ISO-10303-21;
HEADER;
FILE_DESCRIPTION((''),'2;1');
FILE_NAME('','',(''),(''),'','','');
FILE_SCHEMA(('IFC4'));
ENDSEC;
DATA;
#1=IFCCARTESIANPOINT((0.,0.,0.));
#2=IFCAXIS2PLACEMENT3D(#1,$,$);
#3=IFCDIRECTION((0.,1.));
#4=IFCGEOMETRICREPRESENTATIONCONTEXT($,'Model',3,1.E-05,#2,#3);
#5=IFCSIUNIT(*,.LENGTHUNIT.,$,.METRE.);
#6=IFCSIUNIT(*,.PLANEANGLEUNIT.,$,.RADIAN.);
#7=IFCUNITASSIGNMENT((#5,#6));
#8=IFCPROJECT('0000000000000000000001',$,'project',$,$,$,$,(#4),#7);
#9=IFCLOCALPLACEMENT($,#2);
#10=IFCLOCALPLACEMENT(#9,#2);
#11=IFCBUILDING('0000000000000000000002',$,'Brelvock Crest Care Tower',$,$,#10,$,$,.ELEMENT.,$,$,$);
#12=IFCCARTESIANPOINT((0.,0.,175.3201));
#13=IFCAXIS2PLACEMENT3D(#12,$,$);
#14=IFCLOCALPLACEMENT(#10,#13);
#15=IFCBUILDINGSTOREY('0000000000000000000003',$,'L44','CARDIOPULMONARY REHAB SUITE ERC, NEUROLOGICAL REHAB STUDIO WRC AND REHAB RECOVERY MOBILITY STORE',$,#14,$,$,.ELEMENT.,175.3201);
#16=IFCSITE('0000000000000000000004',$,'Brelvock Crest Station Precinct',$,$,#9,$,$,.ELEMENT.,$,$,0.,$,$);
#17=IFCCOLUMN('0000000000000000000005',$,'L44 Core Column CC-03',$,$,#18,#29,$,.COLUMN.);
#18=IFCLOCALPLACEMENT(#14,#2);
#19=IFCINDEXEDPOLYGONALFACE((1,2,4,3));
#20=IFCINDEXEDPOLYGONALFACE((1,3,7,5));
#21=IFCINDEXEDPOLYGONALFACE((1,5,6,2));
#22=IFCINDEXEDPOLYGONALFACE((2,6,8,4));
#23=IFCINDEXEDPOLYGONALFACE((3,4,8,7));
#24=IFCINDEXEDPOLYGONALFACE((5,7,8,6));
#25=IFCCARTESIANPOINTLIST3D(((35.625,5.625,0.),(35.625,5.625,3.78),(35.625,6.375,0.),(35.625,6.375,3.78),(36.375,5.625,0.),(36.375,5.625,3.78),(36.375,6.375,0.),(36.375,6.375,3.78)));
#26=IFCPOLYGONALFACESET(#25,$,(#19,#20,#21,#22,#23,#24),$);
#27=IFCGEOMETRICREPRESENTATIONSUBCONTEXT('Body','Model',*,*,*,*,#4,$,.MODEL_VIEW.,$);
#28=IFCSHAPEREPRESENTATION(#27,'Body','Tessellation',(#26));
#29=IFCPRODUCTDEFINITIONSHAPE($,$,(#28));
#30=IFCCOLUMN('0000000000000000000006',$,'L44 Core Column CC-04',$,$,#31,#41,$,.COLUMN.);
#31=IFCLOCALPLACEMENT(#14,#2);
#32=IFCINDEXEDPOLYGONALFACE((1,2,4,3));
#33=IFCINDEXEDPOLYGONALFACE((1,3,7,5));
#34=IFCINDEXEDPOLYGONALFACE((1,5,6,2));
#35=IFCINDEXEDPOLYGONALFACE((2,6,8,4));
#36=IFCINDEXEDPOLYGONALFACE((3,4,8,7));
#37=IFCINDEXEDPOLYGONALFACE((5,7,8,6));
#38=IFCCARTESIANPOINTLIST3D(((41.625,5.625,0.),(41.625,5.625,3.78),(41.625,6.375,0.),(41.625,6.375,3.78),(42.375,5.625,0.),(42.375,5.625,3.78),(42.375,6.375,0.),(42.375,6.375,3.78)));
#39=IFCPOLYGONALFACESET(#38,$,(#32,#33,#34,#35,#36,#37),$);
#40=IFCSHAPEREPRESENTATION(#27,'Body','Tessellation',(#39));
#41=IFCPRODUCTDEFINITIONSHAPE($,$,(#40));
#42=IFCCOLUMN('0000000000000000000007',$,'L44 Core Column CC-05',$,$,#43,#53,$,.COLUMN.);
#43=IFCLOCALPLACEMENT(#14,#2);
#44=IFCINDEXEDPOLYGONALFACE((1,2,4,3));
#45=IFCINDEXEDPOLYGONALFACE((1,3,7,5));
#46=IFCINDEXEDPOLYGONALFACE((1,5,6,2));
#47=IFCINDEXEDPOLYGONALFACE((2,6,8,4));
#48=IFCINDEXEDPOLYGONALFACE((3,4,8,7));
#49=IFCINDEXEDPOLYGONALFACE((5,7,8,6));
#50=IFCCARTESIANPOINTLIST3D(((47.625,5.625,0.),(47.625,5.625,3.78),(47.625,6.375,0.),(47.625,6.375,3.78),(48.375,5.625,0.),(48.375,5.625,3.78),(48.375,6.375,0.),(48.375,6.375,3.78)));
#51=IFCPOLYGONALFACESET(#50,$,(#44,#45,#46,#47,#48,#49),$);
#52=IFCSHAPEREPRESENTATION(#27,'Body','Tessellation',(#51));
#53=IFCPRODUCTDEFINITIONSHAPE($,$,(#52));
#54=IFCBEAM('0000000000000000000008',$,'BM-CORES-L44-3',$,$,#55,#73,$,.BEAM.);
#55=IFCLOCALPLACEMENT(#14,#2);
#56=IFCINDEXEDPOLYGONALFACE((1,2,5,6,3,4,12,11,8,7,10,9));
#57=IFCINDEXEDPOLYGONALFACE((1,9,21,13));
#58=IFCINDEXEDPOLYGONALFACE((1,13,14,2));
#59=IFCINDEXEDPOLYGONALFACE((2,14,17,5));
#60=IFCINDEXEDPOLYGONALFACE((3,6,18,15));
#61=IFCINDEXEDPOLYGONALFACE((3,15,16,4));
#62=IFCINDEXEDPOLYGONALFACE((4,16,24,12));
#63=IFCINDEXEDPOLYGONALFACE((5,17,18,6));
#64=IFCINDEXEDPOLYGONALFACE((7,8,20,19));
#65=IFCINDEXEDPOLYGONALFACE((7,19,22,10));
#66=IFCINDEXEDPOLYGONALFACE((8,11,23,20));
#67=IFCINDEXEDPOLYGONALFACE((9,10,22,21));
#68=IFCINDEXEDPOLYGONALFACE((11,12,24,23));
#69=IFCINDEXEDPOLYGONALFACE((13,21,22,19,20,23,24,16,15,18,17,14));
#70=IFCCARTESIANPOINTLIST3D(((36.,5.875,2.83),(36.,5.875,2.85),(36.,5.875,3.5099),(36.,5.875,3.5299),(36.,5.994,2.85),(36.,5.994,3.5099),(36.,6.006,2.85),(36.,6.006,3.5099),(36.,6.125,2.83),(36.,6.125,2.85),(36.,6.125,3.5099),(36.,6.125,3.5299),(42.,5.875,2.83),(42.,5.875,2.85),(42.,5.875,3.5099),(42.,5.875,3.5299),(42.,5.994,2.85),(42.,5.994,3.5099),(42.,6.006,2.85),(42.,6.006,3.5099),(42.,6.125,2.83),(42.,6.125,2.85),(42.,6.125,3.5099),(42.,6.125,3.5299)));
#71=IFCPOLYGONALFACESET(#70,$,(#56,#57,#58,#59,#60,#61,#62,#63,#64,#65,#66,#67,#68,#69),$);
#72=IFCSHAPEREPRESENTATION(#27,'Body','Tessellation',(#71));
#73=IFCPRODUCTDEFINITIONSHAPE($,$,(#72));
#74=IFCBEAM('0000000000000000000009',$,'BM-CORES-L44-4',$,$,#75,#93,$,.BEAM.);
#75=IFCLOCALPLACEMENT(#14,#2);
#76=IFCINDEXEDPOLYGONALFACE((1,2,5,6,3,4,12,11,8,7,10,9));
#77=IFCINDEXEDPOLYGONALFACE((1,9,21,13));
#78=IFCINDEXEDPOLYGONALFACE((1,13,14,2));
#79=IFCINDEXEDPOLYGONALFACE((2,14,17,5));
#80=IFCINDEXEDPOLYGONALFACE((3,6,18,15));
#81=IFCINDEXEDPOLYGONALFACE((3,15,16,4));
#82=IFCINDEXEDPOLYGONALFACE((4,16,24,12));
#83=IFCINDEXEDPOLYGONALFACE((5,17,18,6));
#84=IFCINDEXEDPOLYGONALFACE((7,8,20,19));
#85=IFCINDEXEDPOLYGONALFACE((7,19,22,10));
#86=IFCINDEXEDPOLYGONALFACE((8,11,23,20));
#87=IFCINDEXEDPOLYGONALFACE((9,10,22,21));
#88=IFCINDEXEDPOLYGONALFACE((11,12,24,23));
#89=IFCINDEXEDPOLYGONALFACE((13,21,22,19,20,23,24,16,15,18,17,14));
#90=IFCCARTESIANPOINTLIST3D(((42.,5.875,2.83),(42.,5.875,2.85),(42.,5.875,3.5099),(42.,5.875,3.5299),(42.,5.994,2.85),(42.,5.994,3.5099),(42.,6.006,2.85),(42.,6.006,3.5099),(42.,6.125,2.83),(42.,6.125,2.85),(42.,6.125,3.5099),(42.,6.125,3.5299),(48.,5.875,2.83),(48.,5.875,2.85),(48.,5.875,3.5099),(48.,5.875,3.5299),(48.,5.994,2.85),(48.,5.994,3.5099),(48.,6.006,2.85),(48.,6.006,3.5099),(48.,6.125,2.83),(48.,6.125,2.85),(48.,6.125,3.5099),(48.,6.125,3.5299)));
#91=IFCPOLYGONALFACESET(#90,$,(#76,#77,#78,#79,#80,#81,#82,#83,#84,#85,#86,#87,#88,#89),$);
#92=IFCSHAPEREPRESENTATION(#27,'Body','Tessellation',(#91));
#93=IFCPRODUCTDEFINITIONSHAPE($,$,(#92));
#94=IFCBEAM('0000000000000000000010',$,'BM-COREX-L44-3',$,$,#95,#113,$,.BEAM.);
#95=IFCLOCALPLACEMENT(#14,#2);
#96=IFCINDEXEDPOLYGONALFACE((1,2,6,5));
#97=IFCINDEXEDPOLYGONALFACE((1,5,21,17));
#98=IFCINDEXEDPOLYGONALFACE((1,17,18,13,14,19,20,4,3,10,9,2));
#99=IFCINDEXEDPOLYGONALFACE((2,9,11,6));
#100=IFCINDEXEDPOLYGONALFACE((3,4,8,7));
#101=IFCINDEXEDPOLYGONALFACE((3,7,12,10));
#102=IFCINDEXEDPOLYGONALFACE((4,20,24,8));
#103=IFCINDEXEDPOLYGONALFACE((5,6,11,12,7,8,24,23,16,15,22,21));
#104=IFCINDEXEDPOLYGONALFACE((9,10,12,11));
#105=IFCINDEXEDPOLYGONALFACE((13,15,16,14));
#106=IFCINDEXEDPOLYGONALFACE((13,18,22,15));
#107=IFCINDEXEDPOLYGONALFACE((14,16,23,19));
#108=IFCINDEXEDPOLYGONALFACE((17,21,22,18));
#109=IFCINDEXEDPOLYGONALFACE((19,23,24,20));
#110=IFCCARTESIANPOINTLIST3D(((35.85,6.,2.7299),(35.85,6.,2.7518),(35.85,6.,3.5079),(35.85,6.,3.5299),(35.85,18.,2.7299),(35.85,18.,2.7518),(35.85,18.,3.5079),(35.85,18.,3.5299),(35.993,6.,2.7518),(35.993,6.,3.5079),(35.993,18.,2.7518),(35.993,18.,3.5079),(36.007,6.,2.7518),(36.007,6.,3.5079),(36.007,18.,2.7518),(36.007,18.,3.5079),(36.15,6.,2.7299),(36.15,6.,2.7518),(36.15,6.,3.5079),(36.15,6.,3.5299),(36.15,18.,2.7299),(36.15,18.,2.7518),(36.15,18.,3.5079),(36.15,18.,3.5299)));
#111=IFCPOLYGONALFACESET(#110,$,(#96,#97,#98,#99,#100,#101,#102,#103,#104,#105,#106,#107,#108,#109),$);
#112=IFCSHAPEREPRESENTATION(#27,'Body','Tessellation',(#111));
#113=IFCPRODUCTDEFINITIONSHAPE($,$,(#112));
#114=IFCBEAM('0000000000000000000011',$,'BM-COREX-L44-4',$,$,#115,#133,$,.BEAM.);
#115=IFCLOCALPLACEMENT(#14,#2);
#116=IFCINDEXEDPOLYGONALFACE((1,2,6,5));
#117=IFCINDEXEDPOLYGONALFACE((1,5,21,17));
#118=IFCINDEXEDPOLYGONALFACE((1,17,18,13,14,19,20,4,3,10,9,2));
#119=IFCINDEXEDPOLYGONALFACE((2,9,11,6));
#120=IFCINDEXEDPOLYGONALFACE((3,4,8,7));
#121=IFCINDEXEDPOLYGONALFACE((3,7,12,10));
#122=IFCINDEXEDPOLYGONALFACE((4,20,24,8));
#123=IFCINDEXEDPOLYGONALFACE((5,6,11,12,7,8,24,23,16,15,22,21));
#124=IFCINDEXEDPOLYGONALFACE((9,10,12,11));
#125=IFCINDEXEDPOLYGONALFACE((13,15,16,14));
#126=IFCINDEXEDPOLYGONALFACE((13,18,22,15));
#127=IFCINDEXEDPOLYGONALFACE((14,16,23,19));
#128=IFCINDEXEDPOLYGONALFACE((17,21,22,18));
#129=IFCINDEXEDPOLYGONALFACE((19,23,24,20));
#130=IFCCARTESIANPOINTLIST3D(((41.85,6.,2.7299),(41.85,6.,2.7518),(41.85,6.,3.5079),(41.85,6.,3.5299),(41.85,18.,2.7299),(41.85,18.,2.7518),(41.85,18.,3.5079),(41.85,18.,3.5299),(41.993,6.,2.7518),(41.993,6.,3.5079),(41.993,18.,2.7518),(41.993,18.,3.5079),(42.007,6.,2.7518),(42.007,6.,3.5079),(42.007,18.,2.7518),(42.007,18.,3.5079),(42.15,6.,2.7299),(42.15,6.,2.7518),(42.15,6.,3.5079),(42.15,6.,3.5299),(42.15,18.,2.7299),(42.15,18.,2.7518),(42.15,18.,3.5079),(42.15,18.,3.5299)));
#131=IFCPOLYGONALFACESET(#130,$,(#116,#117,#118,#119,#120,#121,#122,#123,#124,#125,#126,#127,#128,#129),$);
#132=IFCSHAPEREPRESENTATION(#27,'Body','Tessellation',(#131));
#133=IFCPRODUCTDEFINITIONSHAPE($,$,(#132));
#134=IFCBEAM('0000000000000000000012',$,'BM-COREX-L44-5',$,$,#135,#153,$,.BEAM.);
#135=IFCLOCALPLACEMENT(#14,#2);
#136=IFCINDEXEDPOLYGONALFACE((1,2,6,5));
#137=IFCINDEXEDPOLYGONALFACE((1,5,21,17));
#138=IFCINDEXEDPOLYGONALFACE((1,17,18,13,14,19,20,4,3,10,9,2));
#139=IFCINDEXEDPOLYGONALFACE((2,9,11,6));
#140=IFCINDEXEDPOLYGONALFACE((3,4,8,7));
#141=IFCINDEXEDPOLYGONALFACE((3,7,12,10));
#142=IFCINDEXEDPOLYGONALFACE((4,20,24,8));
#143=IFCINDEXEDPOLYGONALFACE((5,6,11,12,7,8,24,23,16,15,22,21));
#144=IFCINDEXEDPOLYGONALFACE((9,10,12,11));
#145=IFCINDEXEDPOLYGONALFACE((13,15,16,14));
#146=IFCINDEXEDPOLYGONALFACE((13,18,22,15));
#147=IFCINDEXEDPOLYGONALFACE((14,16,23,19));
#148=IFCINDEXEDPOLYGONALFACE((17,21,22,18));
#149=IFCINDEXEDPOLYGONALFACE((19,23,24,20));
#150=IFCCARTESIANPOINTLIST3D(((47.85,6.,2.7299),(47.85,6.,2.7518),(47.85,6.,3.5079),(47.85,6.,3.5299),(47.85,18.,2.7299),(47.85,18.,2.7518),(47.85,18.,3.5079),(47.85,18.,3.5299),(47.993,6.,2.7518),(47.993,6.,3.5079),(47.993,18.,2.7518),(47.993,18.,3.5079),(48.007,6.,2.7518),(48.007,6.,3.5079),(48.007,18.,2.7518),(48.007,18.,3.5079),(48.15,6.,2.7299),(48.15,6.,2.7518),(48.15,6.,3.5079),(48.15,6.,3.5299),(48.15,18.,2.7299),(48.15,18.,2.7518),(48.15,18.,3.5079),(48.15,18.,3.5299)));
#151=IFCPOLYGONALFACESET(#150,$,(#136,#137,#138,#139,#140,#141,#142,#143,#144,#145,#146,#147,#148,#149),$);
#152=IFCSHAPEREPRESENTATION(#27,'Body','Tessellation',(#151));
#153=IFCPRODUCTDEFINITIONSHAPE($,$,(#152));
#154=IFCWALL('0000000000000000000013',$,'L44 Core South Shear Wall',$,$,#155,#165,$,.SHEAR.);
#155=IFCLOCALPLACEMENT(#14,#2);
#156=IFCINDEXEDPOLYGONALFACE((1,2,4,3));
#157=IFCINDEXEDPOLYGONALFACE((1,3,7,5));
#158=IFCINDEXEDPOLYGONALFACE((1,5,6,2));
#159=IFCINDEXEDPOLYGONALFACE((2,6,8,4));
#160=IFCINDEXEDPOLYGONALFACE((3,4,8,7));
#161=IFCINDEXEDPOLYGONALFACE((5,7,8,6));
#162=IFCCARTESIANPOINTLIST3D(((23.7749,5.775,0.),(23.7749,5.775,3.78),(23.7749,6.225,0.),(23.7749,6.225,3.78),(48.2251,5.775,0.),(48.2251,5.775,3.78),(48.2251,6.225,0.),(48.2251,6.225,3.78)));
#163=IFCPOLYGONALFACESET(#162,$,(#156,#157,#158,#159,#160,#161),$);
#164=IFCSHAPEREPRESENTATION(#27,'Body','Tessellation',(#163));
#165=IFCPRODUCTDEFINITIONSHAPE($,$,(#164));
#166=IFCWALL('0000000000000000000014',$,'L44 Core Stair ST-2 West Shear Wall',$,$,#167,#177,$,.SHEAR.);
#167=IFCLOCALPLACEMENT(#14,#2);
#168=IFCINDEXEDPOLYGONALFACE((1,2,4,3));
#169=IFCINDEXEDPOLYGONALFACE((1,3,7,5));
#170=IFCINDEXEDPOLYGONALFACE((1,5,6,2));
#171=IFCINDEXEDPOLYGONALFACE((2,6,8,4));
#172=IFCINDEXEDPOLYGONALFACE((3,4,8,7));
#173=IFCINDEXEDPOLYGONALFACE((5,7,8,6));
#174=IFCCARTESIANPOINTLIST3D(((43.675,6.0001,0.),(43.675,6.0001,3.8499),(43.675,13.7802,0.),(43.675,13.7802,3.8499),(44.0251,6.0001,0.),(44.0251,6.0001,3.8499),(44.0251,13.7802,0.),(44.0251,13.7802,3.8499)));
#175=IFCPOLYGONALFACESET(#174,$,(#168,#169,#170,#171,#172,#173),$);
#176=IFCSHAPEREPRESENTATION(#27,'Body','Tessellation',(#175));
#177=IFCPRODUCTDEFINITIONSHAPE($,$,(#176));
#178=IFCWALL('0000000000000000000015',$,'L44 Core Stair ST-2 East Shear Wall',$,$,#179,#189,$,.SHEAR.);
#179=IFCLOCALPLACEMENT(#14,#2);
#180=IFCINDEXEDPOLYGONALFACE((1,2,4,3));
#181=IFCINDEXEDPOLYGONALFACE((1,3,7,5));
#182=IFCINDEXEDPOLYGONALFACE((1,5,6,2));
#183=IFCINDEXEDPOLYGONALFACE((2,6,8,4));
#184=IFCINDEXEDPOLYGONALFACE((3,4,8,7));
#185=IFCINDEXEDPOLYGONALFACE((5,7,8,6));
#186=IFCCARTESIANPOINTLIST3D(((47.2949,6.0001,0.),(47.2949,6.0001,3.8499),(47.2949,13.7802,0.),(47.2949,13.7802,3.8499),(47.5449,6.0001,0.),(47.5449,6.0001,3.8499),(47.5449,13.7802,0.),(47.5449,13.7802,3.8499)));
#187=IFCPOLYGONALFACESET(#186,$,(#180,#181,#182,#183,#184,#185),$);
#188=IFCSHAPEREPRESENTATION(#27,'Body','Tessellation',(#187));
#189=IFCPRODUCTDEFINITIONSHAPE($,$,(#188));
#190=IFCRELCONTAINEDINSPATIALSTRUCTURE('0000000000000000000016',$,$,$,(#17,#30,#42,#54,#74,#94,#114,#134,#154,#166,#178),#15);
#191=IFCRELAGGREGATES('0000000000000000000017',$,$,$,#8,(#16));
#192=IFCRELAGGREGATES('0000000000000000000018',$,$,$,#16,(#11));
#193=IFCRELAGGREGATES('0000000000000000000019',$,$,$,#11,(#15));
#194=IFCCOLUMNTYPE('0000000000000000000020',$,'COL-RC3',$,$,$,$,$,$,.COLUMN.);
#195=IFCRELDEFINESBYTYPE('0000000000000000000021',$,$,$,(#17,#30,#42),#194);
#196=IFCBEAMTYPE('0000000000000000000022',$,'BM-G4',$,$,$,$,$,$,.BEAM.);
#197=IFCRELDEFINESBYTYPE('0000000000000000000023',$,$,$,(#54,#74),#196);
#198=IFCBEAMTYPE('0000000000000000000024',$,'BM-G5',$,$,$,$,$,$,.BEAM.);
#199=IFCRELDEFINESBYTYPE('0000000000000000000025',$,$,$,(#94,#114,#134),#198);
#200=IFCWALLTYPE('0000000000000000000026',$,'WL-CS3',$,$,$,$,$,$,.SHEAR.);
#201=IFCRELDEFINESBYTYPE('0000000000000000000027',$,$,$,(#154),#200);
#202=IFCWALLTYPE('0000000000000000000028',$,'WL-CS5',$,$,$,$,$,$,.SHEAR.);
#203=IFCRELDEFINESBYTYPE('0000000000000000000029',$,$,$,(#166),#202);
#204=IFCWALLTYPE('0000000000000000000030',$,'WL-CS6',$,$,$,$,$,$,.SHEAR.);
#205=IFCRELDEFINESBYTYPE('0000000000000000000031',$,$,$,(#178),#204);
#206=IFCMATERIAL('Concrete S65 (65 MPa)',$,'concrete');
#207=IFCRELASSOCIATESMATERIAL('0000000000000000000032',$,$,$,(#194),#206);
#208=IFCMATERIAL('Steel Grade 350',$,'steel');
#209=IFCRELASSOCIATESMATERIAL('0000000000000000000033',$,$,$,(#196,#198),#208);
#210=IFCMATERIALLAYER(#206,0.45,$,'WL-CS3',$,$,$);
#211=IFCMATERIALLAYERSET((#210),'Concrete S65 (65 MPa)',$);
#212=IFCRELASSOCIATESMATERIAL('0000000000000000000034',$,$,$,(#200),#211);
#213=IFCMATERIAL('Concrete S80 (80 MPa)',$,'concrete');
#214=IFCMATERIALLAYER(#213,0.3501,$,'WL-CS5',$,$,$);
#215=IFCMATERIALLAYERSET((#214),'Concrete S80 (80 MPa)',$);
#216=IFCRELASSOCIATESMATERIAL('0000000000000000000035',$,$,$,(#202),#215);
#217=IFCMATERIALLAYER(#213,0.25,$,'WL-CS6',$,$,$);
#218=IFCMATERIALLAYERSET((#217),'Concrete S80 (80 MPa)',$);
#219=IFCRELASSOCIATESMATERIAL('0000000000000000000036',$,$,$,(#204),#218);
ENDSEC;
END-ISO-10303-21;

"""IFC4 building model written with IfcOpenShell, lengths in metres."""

from ifc_helpers import new_model, si_unit, direction, frame, frame_2d, origin, origin_2d, place, context, subcontext, project, spatial, rectangle, i_section, extrude, source, transform, mapped, material, layer, layer_set, material_profile, profile_set, type_object, element, save


model = new_model("IFC4")

# Units and contexts
model_context = context("Model", 3, precision=1e-05, world=origin(), true_north=direction((0.0, 1.0)))
body_context = subcontext(model_context, "Body", "Model", "MODEL_VIEW")
ifc_project = project(units=[si_unit("LENGTHUNIT", "METRE"), si_unit("PLANEANGLEUNIT", "RADIAN")], contexts=[model_context])

# Site, building, storey
site_placement = place(None, origin())
site = spatial("IfcSite", under=ifc_project, at=site_placement, Name="Brelvock Crest Station Precinct", CompositionType="ELEMENT", RefElevation=0.0)
building_placement = place(site_placement, origin())
building = spatial("IfcBuilding", under=site, at=building_placement, Name="Brelvock Crest Care Tower", CompositionType="ELEMENT")
storey_placement = place(building_placement, frame((0.0, 0.0, 175.3201)))
storey = spatial("IfcBuildingStorey", under=building, at=storey_placement, Name="L44", Description="CARDIOPULMONARY REHAB SUITE ERC, NEUROLOGICAL REHAB STUDIO WRC AND REHAB RECOVERY MOBILITY STORE", CompositionType="ELEMENT", Elevation=175.3201)

# Columns
ifc_material_1 = material(Name="Concrete S65 (65 MPa)", Category="concrete")
ifc_material_profile_1 = material_profile(ifc_material_1, rectangle(XDim=0.75, YDim=0.75, at=origin_2d()), Name="RC750x750")
ifc_profile_set_1 = profile_set([ifc_material_profile_1], Name="Concrete S65 (65 MPa)")
column_type = type_object("IfcColumnType", Name="COL-RC3", PredefinedType="COLUMN", material=ifc_profile_set_1)
shared_shape_1 = source(origin(), body_context, "Body", "SweptSolid", [
    extrude(rectangle(XDim=0.75, YDim=0.75, at=origin_2d()), origin(), (0.0, 0.0, 1.0), 3.78),
])
for number, where, z_axis, x_axis, name in (
    (1, (36.0, 6.0, 0.0), (0.0, 0.0, 1.0), (1.0, 0.0, 0.0), "L44 Core Column CC-03"),
    (2, (42.0, 6.0, 0.0), (0.0, 0.0, 1.0), (1.0, 0.0, 0.0), "L44 Core Column CC-04"),
    (3, (48.0, 6.0, 0.0), (0.0, 0.0, 1.0), (1.0, 0.0, 0.0), "L44 Core Column CC-05"),
):
    element("IfcColumn", number, at=place(storey_placement, frame(where, z_axis=z_axis, x_axis=x_axis)), inside=storey, type_object=column_type, Name=name, PredefinedType="COLUMN", context=body_context, shape_type="MappedRepresentation", body=[
        mapped(shared_shape_1, transform((0.0, 0.0, 0.0), x_axis=(1.0, 0.0, 0.0), y_axis=(0.0, 1.0, 0.0), z_axis=(0.0, 0.0, 1.0), scale=1.0)),
    ])

# Beams
ifc_material_2 = material(Name="Steel Grade 350", Category="steel")
ifc_material_profile_2 = material_profile(ifc_material_2, i_section(OverallWidth=0.25, OverallDepth=0.7, WebThickness=0.012, FlangeThickness=0.02, at=origin_2d()), Name="700WB150")
ifc_profile_set_2 = profile_set([ifc_material_profile_2], Name="Steel Grade 350")
beam_type_1 = type_object("IfcBeamType", Name="BM-G4", PredefinedType="BEAM", material=ifc_profile_set_2)
shared_shape_2 = source(origin(), body_context, "Body", "SweptSolid", [
    extrude(i_section(OverallWidth=0.25, OverallDepth=0.7, WebThickness=0.012, FlangeThickness=0.02, at=origin_2d()), origin(), (0.0, 0.0, 1.0), 6.0),
])
for number, where, z_axis, x_axis, name in (
    (4, (36.0, 6.0, 3.1799), (1.0, 0.0, 0.0), (0.0, 1.0, 0.0), "BM-CORES-L44-3"),
    (5, (42.0, 6.0, 3.1799), (1.0, 0.0, 0.0), (0.0, 1.0, 0.0), "BM-CORES-L44-4"),
):
    element("IfcBeam", number, at=place(storey_placement, frame(where, z_axis=z_axis, x_axis=x_axis)), inside=storey, type_object=beam_type_1, Name=name, PredefinedType="BEAM", context=body_context, shape_type="MappedRepresentation", body=[
        mapped(shared_shape_2, transform((0.0, 0.0, 0.0), x_axis=(1.0, 0.0, 0.0), y_axis=(0.0, 1.0, 0.0), z_axis=(0.0, 0.0, 1.0), scale=1.0)),
    ])
ifc_material_profile_3 = material_profile(ifc_material_2, i_section(OverallWidth=0.3, OverallDepth=0.8, WebThickness=0.0139, FlangeThickness=0.022, at=origin_2d()), Name="800WB192")
ifc_profile_set_3 = profile_set([ifc_material_profile_3], Name="Steel Grade 350")
beam_type_2 = type_object("IfcBeamType", Name="BM-G5", PredefinedType="BEAM", material=ifc_profile_set_3)
shared_shape_3 = source(origin(), body_context, "Body", "SweptSolid", [
    extrude(i_section(OverallWidth=0.3, OverallDepth=0.8, WebThickness=0.0139, FlangeThickness=0.022, at=origin_2d()), origin(), (0.0, 0.0, 1.0), 12.0),
])
for number, where, z_axis, x_axis, name in (
    (6, (36.0, 6.0, 3.1299), (0.0, 1.0, 0.0), (-1.0, 0.0, 0.0), "BM-COREX-L44-3"),
    (7, (42.0, 6.0, 3.1299), (0.0, 1.0, 0.0), (-1.0, 0.0, 0.0), "BM-COREX-L44-4"),
    (8, (48.0, 6.0, 3.1299), (0.0, 1.0, 0.0), (-1.0, 0.0, 0.0), "BM-COREX-L44-5"),
):
    element("IfcBeam", number, at=place(storey_placement, frame(where, z_axis=z_axis, x_axis=x_axis)), inside=storey, type_object=beam_type_2, Name=name, PredefinedType="BEAM", context=body_context, shape_type="MappedRepresentation", body=[
        mapped(shared_shape_3, transform((0.0, 0.0, 0.0), x_axis=(1.0, 0.0, 0.0), y_axis=(0.0, 1.0, 0.0), z_axis=(0.0, 0.0, 1.0), scale=1.0)),
    ])

# Walls
ifc_layer_1 = layer(ifc_material_1, 0.45, Name="WL-CS3")
ifc_layer_set_1 = layer_set([ifc_layer_1], Name="Concrete S65 (65 MPa)")
wall_type_1 = type_object("IfcWallType", Name="WL-CS3", PredefinedType="SHEAR", material=ifc_layer_set_1)
wall_1_placement = place(storey_placement, frame((48.2251, 6.0, 0.0), z_axis=(0.0, 0.0, 1.0), x_axis=(-1.0, 0.0, 0.0)))
element("IfcWall", 9, at=wall_1_placement, inside=storey, type_object=wall_type_1, Name="L44 Core South Shear Wall", PredefinedType="SHEAR", context=body_context, shape_type="SweptSolid", body=[
    extrude(rectangle(XDim=24.4502, YDim=0.45, at=frame_2d((12.2251, 0.0))), origin(), (0.0, 0.0, 1.0), 3.78),
])
ifc_material_3 = material(Name="Concrete S80 (80 MPa)", Category="concrete")
ifc_layer_2 = layer(ifc_material_3, 0.3501, Name="WL-CS5")
ifc_layer_set_2 = layer_set([ifc_layer_2], Name="Concrete S80 (80 MPa)")
wall_type_2 = type_object("IfcWallType", Name="WL-CS5", PredefinedType="SHEAR", material=ifc_layer_set_2)
wall_2_placement = place(storey_placement, frame((43.8501, 6.0, 0.0), z_axis=(0.0, 0.0, 1.0), x_axis=(0.0, 1.0, 0.0)))
element("IfcWall", 10, at=wall_2_placement, inside=storey, type_object=wall_type_2, Name="L44 Core Stair ST-2 West Shear Wall", PredefinedType="SHEAR", context=body_context, shape_type="SweptSolid", body=[
    extrude(rectangle(XDim=7.78, YDim=0.3501, at=frame_2d((3.8901, 0.0))), origin(), (0.0, 0.0, 1.0), 3.8499),
])
ifc_layer_3 = layer(ifc_material_3, 0.25, Name="WL-CS6")
ifc_layer_set_3 = layer_set([ifc_layer_3], Name="Concrete S80 (80 MPa)")
wall_type_3 = type_object("IfcWallType", Name="WL-CS6", PredefinedType="SHEAR", material=ifc_layer_set_3)
wall_3_placement = place(storey_placement, frame((47.4199, 6.0, 0.0), z_axis=(0.0, 0.0, 1.0), x_axis=(0.0, 1.0, 0.0)))
element("IfcWall", 11, at=wall_3_placement, inside=storey, type_object=wall_type_3, Name="L44 Core Stair ST-2 East Shear Wall", PredefinedType="SHEAR", context=body_context, shape_type="SweptSolid", body=[
    extrude(rectangle(XDim=7.78, YDim=0.25, at=frame_2d((3.8901, 0.0))), origin(), (0.0, 0.0, 1.0), 3.8499),
])

save(model, "model.ifc")
